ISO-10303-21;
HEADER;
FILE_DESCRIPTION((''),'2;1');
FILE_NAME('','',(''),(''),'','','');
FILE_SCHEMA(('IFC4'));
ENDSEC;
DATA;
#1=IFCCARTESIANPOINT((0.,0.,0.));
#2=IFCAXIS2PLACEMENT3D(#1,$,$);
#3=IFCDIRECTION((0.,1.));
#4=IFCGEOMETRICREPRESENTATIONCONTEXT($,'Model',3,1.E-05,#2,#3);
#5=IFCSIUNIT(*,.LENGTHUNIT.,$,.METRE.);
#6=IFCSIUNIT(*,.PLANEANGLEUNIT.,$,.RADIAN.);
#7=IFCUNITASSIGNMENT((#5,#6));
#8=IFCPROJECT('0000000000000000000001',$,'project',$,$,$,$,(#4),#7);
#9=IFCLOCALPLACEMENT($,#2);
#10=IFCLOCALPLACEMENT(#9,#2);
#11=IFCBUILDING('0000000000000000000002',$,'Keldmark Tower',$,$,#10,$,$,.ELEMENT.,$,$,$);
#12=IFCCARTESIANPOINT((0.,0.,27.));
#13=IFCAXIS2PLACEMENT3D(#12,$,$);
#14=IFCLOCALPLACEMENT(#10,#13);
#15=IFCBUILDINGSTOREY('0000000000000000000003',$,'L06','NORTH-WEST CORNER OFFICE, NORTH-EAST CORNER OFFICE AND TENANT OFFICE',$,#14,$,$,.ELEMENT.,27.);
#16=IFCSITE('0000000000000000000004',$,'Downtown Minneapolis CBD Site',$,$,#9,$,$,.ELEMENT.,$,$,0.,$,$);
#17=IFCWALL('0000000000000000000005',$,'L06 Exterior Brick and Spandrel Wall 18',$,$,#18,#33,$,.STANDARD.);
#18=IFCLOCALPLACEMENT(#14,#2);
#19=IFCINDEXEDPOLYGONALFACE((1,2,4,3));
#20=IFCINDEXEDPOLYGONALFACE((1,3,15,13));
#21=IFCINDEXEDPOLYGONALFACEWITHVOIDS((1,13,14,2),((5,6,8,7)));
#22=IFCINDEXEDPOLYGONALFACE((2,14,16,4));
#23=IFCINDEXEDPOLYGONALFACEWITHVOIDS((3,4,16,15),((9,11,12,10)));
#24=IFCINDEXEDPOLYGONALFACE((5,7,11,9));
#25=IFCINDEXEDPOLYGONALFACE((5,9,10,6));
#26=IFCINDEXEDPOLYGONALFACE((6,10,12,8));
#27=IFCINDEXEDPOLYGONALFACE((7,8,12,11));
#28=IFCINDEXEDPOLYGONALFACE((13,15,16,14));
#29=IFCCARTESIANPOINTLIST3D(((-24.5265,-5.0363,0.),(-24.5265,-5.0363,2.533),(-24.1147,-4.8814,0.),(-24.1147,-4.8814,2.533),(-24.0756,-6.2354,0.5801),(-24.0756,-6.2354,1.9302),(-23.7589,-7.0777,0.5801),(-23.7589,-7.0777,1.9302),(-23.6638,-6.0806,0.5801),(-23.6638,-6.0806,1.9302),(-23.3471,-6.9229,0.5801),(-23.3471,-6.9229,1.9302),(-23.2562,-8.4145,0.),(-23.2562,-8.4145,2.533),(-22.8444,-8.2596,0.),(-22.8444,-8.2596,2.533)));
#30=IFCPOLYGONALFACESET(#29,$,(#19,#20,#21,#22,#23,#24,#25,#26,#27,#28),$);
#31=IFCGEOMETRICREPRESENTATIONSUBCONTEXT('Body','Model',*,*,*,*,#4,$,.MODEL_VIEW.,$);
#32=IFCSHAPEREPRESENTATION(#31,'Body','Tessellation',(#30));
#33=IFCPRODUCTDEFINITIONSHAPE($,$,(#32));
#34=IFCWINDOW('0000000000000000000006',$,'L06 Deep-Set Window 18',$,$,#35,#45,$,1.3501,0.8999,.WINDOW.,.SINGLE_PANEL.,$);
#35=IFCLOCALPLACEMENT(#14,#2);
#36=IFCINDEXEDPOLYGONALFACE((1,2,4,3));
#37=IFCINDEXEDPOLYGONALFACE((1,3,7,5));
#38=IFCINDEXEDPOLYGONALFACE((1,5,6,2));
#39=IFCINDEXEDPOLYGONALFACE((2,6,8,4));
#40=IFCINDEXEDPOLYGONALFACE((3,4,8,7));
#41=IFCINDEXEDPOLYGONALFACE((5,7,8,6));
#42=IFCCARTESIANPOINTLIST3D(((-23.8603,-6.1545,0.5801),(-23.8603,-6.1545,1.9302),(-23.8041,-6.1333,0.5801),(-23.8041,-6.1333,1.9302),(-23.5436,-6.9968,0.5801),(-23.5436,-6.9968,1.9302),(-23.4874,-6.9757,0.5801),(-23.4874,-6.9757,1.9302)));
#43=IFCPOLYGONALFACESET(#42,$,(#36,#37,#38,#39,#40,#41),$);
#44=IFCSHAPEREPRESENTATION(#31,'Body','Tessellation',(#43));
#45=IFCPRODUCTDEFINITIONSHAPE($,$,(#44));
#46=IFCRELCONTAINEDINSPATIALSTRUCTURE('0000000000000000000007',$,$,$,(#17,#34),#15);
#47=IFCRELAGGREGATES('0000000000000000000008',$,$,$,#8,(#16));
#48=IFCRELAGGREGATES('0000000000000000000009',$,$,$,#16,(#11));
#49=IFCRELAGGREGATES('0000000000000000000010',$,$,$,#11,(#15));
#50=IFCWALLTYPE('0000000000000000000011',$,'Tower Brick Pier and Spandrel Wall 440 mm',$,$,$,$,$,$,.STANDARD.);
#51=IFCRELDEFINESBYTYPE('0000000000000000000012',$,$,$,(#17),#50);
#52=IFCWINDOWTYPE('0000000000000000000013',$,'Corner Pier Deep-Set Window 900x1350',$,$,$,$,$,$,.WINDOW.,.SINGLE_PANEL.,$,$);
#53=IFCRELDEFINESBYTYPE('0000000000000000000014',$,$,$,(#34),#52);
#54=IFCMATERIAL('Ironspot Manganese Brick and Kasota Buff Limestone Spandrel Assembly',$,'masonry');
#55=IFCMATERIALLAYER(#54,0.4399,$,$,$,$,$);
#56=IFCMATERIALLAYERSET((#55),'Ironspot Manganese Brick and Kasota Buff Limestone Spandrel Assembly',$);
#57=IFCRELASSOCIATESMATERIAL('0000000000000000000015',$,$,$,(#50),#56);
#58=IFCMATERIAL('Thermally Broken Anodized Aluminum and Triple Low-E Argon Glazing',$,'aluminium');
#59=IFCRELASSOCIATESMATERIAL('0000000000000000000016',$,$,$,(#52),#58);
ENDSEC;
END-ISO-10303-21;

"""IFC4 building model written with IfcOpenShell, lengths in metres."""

from ifc_helpers import new_model, si_unit, direction, frame, frame_2d, origin, place, context, subcontext, project, spatial, rectangle, extrude, material, layer, layer_set, type_object, element, fill, save


model = new_model("IFC4")

# Units and contexts
model_context = context("Model", 3, precision=1e-05, world=origin(), true_north=direction((0.0, 1.0)))
body_context = subcontext(model_context, "Body", "Model", "MODEL_VIEW")
ifc_project = project(units=[si_unit("LENGTHUNIT", "METRE"), si_unit("PLANEANGLEUNIT", "RADIAN")], contexts=[model_context])

# Site, building, storey
site_placement = place(None, origin())
site = spatial("IfcSite", under=ifc_project, at=site_placement, Name="Downtown Minneapolis CBD Site", CompositionType="ELEMENT", RefElevation=0.0)
building_placement = place(site_placement, origin())
building = spatial("IfcBuilding", under=site, at=building_placement, Name="Keldmark Tower", CompositionType="ELEMENT")
storey_placement = place(building_placement, frame((0.0, 0.0, 27.0)))
storey = spatial("IfcBuildingStorey", under=building, at=storey_placement, Name="L06", Description="NORTH-WEST CORNER OFFICE, NORTH-EAST CORNER OFFICE AND TENANT OFFICE", CompositionType="ELEMENT", Elevation=27.0)

# Wall, opening, window
ifc_material_1 = material(Name="Ironspot Manganese Brick and Kasota Buff Limestone Spandrel Assembly", Category="masonry")
ifc_layer_1 = layer(ifc_material_1, 0.4399)
ifc_layer_set_1 = layer_set([ifc_layer_1], Name="Ironspot Manganese Brick and Kasota Buff Limestone Spandrel Assembly")
wall_type_1 = type_object("IfcWallType", Name="Tower Brick Pier and Spandrel Wall 440 mm", PredefinedType="STANDARD", material=ifc_layer_set_1)
wall_1_placement = place(storey_placement, frame((-23.0503, -8.3372, 0.0), z_axis=(0.0, 0.0, 1.0), x_axis=(-0.351961, 0.936015, 0.0)))
wall_1 = element("IfcWall", 1, at=wall_1_placement, inside=storey, type_object=wall_type_1, Name="L06 Exterior Brick and Spandrel Wall 18", PredefinedType="STANDARD", context=body_context, shape_type="SweptSolid", body=[
    extrude(rectangle(XDim=3.6091, YDim=0.4399, at=frame_2d((1.8047, 0.0))), origin(), (0.0, 0.0, 1.0), 2.533),
])
opening_1_placement = place(wall_1_placement, frame((1.4282, 0.0, 0.5801)))
opening_1 = element("IfcOpeningElement", 2, at=opening_1_placement, cuts=wall_1, PredefinedType="OPENING", context=body_context, shape_type="SweptSolid", body=[
    extrude(rectangle(XDim=0.8999, YDim=1.3501, at=frame_2d((0.45, 0.675))), frame((0.0, 0.23, 0.0), z_axis=(0.0, -1.0, 0.0), x_axis=(1.0, 0.0, 0.0)), (0.0, 0.0, 1.0), 0.46),
])
ifc_material_2 = material(Name="Thermally Broken Anodized Aluminum and Triple Low-E Argon Glazing", Category="aluminium")
window_type = type_object("IfcWindowType", Name="Corner Pier Deep-Set Window 900x1350", PartitioningType="SINGLE_PANEL", PredefinedType="WINDOW", material=ifc_material_2)
window_placement = place(opening_1_placement, origin())
window = element("IfcWindow", 3, at=window_placement, inside=storey, type_object=window_type, Name="L06 Deep-Set Window 18", OverallHeight=1.3501, OverallWidth=0.8999, PartitioningType="SINGLE_PANEL", PredefinedType="WINDOW", context=body_context, shape_type="SweptSolid", body=[
    extrude(rectangle(XDim=0.8999, YDim=1.3501, at=frame_2d((0.45, 0.675))), frame((0.0, -0.01, 0.0), z_axis=(0.0, -1.0, 0.0), x_axis=(1.0, 0.0, 0.0)), (0.0, 0.0, 1.0), 0.0601),
])
fill(opening_1, window)

save(model, "model.ifc")
